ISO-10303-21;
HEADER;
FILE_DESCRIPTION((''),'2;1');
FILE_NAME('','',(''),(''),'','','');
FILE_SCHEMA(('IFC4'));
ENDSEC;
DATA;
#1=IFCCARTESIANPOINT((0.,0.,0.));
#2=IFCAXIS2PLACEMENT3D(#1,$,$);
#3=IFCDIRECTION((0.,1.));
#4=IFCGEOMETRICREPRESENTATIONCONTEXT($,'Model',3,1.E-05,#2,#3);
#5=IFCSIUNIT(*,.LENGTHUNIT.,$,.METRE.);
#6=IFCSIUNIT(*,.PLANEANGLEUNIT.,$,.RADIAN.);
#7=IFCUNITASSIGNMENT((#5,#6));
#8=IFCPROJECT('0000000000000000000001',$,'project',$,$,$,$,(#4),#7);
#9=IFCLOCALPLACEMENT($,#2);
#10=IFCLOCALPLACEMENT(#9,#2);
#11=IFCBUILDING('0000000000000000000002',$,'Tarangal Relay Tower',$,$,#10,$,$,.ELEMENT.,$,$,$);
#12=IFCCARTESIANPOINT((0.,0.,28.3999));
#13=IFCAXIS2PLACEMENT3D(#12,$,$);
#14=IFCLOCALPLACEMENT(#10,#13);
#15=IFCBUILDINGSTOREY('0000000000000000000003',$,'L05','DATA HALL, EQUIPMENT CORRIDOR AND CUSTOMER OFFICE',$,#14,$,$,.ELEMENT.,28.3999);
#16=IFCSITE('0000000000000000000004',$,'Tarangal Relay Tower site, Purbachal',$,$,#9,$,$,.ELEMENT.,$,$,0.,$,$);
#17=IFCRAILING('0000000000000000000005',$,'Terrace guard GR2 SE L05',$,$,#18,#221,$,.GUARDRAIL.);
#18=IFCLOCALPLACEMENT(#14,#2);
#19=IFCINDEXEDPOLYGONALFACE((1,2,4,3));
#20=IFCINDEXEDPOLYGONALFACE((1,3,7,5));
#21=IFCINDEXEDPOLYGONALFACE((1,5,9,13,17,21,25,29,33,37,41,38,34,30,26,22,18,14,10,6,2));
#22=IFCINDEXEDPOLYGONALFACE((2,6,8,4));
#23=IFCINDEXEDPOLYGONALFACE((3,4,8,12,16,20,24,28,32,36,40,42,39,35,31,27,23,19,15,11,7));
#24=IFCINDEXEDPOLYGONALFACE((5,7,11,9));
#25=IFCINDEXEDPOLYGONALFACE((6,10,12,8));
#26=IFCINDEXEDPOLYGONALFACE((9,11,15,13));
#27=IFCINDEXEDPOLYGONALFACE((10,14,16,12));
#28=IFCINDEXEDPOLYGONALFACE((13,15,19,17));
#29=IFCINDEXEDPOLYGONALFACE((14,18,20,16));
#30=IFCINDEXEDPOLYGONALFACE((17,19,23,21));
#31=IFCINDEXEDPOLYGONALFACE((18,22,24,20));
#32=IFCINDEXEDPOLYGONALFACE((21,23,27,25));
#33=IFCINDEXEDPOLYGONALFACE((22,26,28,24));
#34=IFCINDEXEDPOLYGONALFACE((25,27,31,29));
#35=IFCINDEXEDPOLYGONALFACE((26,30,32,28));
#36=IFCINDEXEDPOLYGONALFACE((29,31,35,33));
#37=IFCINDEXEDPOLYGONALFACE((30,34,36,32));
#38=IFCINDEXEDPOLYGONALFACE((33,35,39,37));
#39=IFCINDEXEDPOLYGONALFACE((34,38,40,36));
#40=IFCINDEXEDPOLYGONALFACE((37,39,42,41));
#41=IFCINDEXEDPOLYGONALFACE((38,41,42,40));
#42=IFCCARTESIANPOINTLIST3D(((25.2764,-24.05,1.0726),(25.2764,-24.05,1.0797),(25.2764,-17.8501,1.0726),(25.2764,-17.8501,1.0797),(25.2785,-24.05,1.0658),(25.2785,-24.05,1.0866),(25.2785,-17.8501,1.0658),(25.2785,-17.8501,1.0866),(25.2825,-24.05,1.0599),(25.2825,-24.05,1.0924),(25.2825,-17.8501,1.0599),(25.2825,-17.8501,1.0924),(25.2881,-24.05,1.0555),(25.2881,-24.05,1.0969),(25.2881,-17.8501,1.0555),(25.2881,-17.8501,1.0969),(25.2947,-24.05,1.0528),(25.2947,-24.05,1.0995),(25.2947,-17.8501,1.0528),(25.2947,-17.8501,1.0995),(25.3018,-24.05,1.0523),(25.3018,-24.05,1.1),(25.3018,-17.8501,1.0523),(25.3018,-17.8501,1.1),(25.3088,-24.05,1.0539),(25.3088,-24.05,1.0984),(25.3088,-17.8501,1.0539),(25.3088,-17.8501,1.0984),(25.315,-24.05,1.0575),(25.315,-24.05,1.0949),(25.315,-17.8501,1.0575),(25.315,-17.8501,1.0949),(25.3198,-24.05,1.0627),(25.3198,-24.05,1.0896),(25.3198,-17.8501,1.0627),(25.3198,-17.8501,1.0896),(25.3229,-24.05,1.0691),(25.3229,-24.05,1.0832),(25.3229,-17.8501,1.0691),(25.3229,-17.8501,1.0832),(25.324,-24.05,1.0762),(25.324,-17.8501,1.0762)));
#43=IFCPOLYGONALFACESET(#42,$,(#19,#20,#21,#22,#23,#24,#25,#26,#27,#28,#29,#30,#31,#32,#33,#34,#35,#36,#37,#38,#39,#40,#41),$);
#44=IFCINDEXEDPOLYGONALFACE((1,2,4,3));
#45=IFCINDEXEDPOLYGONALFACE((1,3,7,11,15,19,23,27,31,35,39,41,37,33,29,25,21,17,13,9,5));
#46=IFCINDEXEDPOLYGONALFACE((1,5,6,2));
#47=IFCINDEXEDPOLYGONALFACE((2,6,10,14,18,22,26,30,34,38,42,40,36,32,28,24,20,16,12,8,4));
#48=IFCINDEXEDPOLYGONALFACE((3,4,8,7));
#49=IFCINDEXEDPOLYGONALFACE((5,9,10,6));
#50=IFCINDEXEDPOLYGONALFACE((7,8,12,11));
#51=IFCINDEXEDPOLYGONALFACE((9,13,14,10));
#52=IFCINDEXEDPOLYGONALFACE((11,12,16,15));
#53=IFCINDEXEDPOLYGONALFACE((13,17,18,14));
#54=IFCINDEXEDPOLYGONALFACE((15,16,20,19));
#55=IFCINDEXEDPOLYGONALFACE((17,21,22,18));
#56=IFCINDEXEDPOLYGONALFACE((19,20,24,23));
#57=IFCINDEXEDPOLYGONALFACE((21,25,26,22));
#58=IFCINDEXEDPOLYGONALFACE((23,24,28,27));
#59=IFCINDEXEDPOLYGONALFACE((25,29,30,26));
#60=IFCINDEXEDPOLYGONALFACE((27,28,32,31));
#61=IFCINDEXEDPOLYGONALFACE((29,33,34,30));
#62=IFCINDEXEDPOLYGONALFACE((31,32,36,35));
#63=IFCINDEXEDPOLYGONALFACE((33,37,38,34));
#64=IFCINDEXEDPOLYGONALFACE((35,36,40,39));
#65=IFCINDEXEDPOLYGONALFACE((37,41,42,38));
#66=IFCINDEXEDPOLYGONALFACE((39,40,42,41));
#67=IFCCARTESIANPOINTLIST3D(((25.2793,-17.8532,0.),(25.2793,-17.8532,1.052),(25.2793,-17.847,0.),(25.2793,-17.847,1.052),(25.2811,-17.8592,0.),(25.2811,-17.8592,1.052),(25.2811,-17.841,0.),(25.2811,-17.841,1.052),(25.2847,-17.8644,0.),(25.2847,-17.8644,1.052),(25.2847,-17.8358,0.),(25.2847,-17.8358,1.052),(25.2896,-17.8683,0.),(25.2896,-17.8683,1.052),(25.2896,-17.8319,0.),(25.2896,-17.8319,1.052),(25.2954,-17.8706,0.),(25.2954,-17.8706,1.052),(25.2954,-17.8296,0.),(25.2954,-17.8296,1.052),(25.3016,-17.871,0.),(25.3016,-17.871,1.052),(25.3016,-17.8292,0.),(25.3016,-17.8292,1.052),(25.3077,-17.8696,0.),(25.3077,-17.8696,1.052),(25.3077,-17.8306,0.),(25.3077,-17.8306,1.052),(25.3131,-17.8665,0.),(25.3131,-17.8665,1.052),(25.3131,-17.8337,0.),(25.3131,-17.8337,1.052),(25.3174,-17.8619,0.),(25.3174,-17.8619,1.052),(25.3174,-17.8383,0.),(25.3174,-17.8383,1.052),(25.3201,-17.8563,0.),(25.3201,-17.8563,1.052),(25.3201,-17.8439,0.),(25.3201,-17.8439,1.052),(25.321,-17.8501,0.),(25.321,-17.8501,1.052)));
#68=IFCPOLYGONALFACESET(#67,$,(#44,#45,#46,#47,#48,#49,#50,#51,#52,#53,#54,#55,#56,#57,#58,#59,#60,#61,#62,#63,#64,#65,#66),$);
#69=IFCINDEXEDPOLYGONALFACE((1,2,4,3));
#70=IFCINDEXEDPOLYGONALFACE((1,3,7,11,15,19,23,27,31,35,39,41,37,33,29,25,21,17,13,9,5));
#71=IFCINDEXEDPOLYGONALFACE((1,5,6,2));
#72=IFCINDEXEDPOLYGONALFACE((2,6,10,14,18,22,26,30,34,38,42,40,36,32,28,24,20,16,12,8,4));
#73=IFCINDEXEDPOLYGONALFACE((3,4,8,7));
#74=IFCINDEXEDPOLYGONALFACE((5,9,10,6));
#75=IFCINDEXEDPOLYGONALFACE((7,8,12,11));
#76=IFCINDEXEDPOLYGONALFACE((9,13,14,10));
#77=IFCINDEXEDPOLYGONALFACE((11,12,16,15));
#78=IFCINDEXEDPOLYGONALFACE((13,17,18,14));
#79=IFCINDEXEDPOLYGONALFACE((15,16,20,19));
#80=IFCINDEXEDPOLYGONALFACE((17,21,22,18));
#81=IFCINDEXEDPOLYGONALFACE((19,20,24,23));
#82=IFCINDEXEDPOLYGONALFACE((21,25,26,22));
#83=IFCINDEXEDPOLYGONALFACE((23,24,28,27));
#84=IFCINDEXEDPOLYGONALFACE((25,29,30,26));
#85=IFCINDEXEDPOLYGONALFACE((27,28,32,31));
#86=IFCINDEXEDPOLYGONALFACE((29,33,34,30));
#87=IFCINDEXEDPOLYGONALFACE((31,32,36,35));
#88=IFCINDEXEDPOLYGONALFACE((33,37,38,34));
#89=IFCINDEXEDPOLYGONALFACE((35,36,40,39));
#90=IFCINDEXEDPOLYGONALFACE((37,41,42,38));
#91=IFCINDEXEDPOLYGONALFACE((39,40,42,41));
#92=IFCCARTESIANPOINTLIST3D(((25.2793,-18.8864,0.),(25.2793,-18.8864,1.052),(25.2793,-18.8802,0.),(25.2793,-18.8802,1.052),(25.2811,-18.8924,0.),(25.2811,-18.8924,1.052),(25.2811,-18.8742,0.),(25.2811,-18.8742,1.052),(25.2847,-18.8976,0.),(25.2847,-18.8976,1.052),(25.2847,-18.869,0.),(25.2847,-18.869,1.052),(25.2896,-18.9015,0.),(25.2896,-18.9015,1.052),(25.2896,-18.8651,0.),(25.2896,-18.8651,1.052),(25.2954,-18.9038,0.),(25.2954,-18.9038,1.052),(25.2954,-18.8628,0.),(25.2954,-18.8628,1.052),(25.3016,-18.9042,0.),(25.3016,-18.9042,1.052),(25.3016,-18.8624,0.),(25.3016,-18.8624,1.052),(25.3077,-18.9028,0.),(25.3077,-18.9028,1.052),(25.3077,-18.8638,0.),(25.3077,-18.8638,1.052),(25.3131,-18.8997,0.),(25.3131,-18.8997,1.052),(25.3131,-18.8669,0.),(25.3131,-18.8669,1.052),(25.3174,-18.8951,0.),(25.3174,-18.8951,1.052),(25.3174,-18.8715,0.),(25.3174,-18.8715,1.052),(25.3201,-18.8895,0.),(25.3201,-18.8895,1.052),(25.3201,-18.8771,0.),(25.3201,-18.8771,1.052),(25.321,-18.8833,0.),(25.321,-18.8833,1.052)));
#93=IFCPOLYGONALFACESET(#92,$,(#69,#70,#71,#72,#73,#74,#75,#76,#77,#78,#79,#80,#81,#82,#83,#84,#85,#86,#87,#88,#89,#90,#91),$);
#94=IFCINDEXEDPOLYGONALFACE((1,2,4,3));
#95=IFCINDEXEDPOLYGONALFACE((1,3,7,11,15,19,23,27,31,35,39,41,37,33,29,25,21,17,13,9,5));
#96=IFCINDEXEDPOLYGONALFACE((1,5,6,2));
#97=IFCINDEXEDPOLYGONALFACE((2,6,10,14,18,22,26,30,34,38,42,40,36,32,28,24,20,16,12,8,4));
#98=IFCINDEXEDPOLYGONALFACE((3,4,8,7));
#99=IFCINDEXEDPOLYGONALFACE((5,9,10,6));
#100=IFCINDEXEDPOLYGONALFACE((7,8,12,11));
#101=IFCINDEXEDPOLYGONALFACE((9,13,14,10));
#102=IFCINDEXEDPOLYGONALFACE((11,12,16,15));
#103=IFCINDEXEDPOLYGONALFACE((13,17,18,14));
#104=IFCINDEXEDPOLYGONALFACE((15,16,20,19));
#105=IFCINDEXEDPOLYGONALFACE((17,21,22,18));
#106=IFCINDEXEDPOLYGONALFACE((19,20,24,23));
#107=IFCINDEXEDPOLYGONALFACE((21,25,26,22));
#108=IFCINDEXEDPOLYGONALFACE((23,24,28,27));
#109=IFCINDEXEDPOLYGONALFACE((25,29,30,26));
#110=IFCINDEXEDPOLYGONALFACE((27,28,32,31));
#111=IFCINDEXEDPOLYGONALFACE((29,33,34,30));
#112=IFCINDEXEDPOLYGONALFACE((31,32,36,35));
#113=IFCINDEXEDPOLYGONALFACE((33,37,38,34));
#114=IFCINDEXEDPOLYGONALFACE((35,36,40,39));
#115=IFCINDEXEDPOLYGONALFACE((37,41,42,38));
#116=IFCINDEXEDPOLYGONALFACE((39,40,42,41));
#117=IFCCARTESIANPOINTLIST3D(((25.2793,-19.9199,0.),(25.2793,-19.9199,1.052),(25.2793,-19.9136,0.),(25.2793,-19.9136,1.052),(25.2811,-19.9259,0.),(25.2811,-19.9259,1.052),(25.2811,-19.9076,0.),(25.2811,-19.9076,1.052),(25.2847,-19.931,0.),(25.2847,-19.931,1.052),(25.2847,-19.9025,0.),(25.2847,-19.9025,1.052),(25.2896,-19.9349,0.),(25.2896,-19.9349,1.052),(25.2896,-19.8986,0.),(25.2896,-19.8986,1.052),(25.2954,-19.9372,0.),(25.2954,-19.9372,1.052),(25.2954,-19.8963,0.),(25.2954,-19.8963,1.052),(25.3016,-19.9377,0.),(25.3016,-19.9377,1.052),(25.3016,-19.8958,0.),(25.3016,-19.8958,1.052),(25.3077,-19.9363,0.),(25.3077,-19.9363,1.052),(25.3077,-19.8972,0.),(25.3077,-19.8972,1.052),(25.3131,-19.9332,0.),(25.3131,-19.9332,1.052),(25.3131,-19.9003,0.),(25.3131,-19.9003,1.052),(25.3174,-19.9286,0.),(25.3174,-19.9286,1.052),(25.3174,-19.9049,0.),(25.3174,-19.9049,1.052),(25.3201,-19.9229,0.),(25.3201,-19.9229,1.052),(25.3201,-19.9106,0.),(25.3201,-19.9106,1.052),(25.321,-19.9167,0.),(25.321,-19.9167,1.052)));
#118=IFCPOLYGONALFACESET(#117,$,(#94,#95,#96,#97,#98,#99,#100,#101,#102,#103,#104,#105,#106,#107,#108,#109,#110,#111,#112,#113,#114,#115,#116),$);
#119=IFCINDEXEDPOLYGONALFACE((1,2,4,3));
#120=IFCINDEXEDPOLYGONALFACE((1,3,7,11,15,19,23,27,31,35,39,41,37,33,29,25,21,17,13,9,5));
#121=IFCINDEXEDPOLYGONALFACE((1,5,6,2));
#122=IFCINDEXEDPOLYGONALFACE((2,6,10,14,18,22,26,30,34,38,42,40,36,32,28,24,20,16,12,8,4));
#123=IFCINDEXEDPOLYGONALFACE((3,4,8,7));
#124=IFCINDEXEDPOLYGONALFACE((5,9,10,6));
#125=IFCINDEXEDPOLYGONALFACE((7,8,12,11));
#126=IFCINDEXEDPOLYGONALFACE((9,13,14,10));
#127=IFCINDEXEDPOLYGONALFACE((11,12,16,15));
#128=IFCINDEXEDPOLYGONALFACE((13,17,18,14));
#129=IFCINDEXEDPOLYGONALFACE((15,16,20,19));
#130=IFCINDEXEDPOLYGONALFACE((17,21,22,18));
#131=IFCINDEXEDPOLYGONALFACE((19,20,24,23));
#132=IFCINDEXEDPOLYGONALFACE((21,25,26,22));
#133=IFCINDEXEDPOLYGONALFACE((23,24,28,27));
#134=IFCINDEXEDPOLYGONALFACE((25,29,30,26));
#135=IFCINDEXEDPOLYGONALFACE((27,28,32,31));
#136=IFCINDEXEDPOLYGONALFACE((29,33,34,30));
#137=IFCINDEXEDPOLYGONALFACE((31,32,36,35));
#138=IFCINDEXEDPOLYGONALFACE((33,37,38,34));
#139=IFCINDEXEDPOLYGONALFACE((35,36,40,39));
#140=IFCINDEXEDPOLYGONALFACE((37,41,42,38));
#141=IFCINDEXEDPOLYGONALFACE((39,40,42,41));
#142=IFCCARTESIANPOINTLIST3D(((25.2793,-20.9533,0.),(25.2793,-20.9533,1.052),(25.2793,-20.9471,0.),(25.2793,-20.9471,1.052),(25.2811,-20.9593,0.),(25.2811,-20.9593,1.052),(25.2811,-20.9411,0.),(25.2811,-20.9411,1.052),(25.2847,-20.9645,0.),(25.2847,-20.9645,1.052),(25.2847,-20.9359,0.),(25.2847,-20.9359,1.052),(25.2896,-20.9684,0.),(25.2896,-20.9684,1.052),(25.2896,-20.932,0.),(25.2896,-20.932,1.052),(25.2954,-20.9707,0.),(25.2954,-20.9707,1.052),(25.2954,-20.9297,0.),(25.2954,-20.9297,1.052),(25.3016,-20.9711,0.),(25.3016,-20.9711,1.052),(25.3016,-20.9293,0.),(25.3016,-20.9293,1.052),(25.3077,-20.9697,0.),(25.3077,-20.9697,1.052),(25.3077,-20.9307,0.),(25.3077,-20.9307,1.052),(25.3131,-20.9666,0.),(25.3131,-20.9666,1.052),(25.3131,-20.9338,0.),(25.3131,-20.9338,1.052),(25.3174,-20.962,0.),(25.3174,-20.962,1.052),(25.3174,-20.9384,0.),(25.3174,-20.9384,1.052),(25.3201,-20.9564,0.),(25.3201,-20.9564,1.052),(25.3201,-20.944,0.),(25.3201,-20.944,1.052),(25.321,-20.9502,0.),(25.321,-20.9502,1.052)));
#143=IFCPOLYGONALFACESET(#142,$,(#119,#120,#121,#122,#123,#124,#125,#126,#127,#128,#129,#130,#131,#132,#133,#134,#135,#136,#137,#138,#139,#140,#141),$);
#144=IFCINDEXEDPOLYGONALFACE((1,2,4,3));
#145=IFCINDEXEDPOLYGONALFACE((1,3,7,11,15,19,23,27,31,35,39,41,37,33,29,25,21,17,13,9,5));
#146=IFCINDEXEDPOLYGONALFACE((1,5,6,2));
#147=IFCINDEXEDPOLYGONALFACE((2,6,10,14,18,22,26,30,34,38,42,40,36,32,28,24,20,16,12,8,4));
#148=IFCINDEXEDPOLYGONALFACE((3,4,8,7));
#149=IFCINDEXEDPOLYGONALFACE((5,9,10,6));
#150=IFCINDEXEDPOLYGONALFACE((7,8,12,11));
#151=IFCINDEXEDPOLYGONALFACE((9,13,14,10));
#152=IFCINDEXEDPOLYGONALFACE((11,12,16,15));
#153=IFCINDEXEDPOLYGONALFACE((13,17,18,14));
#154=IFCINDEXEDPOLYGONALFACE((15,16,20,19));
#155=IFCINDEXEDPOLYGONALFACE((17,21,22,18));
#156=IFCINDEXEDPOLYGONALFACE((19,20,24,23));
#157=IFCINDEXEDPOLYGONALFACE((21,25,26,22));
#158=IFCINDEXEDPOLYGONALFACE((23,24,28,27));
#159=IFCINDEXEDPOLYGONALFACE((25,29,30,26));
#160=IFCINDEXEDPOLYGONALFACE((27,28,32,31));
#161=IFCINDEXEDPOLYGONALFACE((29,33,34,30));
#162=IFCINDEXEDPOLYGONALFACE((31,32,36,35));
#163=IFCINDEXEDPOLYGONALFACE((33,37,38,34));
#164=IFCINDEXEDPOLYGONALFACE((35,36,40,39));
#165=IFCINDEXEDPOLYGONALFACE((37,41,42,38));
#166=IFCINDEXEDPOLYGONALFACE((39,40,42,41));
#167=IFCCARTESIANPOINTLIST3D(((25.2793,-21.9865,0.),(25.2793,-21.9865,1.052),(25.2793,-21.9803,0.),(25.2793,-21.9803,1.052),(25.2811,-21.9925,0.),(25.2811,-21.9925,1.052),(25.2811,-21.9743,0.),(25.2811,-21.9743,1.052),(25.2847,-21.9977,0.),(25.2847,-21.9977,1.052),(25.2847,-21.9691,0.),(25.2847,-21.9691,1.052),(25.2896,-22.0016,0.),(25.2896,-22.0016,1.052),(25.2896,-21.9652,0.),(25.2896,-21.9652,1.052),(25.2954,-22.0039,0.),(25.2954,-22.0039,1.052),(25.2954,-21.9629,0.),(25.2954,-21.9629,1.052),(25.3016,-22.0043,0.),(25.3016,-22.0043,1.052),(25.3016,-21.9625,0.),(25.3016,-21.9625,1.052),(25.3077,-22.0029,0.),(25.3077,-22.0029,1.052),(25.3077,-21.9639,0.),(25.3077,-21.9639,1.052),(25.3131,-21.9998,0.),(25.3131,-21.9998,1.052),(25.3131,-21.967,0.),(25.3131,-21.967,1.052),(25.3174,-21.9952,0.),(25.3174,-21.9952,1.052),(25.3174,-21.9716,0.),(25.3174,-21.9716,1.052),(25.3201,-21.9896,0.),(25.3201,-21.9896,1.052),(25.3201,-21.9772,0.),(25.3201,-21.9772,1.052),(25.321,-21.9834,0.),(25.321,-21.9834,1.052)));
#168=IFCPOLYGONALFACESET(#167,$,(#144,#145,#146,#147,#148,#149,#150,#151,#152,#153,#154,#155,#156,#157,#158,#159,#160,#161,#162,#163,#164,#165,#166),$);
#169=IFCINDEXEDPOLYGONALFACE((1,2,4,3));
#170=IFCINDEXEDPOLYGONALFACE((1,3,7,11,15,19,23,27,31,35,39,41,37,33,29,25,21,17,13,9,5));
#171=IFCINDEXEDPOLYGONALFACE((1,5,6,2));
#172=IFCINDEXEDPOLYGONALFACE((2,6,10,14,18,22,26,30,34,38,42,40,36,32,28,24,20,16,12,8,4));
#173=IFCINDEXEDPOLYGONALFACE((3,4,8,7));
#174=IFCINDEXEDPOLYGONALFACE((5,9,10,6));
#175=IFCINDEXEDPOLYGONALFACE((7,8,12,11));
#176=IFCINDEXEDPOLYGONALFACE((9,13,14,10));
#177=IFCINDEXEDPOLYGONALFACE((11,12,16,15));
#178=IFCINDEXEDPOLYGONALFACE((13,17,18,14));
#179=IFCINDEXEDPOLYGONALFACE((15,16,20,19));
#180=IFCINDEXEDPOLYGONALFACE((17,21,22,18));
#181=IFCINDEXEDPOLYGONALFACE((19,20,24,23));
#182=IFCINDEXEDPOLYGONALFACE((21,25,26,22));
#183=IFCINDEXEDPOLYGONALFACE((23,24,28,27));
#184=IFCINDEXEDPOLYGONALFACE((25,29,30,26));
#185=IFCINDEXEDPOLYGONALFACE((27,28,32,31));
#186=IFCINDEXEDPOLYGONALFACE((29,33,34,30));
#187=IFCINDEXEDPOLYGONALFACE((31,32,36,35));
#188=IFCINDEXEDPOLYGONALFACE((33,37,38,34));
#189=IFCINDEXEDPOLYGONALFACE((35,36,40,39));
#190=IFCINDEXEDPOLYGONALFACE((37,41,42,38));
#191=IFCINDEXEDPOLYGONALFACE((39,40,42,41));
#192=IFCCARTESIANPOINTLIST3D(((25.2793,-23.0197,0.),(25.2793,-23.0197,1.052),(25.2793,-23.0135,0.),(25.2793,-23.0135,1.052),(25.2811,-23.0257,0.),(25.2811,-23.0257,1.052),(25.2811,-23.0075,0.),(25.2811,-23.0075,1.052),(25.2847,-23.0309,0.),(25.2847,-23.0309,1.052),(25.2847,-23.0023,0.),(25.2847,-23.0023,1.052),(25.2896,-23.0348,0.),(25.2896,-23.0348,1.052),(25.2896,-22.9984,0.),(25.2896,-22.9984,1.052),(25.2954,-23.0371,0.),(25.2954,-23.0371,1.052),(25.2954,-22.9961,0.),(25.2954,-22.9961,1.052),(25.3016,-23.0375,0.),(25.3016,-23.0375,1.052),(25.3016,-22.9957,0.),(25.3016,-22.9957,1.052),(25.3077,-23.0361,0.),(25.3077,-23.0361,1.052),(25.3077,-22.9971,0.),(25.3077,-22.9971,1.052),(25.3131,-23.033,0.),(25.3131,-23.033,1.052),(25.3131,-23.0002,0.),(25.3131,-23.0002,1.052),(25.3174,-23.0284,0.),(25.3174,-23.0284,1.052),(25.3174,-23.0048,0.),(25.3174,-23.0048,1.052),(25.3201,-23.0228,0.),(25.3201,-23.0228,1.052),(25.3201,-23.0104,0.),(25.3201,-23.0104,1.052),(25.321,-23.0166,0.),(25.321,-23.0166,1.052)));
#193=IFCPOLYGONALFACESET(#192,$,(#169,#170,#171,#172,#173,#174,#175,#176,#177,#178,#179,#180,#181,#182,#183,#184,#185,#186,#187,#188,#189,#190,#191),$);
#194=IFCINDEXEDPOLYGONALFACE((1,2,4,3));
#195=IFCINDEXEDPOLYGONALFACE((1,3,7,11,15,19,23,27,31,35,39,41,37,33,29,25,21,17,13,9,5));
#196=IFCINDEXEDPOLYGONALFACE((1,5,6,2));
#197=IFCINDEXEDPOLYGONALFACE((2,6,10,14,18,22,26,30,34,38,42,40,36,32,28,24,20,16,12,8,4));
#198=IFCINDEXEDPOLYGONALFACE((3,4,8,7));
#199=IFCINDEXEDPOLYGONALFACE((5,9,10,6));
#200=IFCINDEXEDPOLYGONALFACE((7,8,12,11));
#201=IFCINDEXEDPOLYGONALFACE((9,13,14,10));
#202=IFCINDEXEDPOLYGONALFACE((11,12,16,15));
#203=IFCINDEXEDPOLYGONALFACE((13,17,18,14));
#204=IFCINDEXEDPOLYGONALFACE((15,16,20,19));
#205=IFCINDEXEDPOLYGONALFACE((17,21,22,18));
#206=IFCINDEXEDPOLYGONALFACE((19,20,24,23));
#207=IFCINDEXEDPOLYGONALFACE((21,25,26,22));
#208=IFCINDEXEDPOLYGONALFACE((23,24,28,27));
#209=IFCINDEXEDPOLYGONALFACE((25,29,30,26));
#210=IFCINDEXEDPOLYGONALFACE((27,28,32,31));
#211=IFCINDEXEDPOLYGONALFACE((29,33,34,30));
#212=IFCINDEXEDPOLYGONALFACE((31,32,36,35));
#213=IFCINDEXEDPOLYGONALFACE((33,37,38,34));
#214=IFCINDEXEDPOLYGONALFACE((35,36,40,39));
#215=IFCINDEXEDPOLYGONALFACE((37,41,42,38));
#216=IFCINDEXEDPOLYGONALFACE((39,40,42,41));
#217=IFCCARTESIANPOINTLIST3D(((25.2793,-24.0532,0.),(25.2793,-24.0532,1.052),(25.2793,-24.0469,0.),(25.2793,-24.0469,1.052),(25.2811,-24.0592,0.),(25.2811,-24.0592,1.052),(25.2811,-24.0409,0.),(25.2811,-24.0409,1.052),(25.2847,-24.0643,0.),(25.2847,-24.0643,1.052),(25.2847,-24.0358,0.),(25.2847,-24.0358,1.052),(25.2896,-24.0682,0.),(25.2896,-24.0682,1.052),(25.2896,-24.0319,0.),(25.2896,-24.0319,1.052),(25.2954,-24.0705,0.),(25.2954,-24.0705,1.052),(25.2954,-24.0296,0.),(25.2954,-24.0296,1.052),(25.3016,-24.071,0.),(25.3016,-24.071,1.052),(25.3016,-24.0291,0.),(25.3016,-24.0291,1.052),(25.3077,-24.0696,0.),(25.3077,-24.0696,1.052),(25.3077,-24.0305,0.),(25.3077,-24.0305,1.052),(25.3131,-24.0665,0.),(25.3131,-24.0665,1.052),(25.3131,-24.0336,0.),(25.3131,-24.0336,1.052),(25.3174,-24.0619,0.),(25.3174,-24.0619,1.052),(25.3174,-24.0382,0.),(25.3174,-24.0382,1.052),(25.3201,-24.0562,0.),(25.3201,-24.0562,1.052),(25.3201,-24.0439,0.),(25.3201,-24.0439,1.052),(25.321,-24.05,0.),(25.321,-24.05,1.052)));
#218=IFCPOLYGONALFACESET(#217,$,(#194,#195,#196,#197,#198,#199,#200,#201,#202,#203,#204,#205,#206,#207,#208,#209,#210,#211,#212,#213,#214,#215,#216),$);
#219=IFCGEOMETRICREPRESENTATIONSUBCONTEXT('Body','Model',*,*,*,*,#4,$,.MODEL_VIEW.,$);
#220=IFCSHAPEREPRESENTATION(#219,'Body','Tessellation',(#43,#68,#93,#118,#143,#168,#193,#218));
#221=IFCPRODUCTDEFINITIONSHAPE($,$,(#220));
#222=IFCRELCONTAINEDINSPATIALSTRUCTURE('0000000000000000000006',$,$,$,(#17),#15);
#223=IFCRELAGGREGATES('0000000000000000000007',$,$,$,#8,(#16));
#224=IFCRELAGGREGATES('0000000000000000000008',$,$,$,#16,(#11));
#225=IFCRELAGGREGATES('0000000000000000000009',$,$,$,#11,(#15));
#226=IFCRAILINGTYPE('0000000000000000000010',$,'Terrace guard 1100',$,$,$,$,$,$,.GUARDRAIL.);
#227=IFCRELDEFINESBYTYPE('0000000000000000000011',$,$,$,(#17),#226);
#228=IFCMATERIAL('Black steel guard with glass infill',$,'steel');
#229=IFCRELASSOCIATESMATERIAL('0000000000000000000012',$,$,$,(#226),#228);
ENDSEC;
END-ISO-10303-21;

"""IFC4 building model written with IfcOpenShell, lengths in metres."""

from ifc_helpers import new_model, si_unit, direction, frame, origin, origin_2d, place, context, subcontext, project, spatial, circle, extrude, material, type_object, element, save


model = new_model("IFC4")

# Units and contexts
model_context = context("Model", 3, precision=1e-05, world=origin(), true_north=direction((0.0, 1.0)))
body_context = subcontext(model_context, "Body", "Model", "MODEL_VIEW")
ifc_project = project(units=[si_unit("LENGTHUNIT", "METRE"), si_unit("PLANEANGLEUNIT", "RADIAN")], contexts=[model_context])

# Site, building, storey
site_placement = place(None, origin())
site = spatial("IfcSite", under=ifc_project, at=site_placement, Name="Tarangal Relay Tower site, Purbachal", CompositionType="ELEMENT", RefElevation=0.0)
building_placement = place(site_placement, origin())
building = spatial("IfcBuilding", under=site, at=building_placement, Name="Tarangal Relay Tower", CompositionType="ELEMENT")
storey_placement = place(building_placement, frame((0.0, 0.0, 28.3999)))
storey = spatial("IfcBuildingStorey", under=building, at=storey_placement, Name="L05", Description="DATA HALL, EQUIPMENT CORRIDOR AND CUSTOMER OFFICE", CompositionType="ELEMENT", Elevation=28.3999)

# Railing
ifc_material_1 = material(Name="Black steel guard with glass infill", Category="steel")
railing_type = type_object("IfcRailingType", Name="Terrace guard 1100", PredefinedType="GUARDRAIL", material=ifc_material_1)
railing_1_placement = place(storey_placement, frame((25.3, -17.8501, 0.0)))
element("IfcRailing", 1, at=railing_1_placement, inside=storey, type_object=railing_type, Name="Terrace guard GR2 SE L05", PredefinedType="GUARDRAIL", context=body_context, shape_type="SweptSolid", body=[
    extrude(circle(Radius=0.0239, at=origin_2d()), frame((0.0, 0.0, 1.0762), z_axis=(0.0, -1.0, 0.0), x_axis=(1.0, 0.0, 0.0)), (0.0, 0.0, 1.0), 6.2),
    extrude(circle(Radius=0.021, at=origin_2d()), origin(), (0.0, 0.0, 1.0), 1.052),
    extrude(circle(Radius=0.021, at=origin_2d()), frame((0.0, -1.0332, 0.0)), (0.0, 0.0, 1.0), 1.052),
    extrude(circle(Radius=0.021, at=origin_2d()), frame((0.0, -2.0667, 0.0)), (0.0, 0.0, 1.0), 1.052),
    extrude(circle(Radius=0.021, at=origin_2d()), frame((0.0, -3.1001, 0.0)), (0.0, 0.0, 1.0), 1.052),
    extrude(circle(Radius=0.021, at=origin_2d()), frame((0.0, -4.1333, 0.0)), (0.0, 0.0, 1.0), 1.052),
    extrude(circle(Radius=0.021, at=origin_2d()), frame((0.0, -5.1665, 0.0)), (0.0, 0.0, 1.0), 1.052),
    extrude(circle(Radius=0.021, at=origin_2d()), frame((0.0, -6.2, 0.0)), (0.0, 0.0, 1.0), 1.052),
])

save(model, "model.ifc")
